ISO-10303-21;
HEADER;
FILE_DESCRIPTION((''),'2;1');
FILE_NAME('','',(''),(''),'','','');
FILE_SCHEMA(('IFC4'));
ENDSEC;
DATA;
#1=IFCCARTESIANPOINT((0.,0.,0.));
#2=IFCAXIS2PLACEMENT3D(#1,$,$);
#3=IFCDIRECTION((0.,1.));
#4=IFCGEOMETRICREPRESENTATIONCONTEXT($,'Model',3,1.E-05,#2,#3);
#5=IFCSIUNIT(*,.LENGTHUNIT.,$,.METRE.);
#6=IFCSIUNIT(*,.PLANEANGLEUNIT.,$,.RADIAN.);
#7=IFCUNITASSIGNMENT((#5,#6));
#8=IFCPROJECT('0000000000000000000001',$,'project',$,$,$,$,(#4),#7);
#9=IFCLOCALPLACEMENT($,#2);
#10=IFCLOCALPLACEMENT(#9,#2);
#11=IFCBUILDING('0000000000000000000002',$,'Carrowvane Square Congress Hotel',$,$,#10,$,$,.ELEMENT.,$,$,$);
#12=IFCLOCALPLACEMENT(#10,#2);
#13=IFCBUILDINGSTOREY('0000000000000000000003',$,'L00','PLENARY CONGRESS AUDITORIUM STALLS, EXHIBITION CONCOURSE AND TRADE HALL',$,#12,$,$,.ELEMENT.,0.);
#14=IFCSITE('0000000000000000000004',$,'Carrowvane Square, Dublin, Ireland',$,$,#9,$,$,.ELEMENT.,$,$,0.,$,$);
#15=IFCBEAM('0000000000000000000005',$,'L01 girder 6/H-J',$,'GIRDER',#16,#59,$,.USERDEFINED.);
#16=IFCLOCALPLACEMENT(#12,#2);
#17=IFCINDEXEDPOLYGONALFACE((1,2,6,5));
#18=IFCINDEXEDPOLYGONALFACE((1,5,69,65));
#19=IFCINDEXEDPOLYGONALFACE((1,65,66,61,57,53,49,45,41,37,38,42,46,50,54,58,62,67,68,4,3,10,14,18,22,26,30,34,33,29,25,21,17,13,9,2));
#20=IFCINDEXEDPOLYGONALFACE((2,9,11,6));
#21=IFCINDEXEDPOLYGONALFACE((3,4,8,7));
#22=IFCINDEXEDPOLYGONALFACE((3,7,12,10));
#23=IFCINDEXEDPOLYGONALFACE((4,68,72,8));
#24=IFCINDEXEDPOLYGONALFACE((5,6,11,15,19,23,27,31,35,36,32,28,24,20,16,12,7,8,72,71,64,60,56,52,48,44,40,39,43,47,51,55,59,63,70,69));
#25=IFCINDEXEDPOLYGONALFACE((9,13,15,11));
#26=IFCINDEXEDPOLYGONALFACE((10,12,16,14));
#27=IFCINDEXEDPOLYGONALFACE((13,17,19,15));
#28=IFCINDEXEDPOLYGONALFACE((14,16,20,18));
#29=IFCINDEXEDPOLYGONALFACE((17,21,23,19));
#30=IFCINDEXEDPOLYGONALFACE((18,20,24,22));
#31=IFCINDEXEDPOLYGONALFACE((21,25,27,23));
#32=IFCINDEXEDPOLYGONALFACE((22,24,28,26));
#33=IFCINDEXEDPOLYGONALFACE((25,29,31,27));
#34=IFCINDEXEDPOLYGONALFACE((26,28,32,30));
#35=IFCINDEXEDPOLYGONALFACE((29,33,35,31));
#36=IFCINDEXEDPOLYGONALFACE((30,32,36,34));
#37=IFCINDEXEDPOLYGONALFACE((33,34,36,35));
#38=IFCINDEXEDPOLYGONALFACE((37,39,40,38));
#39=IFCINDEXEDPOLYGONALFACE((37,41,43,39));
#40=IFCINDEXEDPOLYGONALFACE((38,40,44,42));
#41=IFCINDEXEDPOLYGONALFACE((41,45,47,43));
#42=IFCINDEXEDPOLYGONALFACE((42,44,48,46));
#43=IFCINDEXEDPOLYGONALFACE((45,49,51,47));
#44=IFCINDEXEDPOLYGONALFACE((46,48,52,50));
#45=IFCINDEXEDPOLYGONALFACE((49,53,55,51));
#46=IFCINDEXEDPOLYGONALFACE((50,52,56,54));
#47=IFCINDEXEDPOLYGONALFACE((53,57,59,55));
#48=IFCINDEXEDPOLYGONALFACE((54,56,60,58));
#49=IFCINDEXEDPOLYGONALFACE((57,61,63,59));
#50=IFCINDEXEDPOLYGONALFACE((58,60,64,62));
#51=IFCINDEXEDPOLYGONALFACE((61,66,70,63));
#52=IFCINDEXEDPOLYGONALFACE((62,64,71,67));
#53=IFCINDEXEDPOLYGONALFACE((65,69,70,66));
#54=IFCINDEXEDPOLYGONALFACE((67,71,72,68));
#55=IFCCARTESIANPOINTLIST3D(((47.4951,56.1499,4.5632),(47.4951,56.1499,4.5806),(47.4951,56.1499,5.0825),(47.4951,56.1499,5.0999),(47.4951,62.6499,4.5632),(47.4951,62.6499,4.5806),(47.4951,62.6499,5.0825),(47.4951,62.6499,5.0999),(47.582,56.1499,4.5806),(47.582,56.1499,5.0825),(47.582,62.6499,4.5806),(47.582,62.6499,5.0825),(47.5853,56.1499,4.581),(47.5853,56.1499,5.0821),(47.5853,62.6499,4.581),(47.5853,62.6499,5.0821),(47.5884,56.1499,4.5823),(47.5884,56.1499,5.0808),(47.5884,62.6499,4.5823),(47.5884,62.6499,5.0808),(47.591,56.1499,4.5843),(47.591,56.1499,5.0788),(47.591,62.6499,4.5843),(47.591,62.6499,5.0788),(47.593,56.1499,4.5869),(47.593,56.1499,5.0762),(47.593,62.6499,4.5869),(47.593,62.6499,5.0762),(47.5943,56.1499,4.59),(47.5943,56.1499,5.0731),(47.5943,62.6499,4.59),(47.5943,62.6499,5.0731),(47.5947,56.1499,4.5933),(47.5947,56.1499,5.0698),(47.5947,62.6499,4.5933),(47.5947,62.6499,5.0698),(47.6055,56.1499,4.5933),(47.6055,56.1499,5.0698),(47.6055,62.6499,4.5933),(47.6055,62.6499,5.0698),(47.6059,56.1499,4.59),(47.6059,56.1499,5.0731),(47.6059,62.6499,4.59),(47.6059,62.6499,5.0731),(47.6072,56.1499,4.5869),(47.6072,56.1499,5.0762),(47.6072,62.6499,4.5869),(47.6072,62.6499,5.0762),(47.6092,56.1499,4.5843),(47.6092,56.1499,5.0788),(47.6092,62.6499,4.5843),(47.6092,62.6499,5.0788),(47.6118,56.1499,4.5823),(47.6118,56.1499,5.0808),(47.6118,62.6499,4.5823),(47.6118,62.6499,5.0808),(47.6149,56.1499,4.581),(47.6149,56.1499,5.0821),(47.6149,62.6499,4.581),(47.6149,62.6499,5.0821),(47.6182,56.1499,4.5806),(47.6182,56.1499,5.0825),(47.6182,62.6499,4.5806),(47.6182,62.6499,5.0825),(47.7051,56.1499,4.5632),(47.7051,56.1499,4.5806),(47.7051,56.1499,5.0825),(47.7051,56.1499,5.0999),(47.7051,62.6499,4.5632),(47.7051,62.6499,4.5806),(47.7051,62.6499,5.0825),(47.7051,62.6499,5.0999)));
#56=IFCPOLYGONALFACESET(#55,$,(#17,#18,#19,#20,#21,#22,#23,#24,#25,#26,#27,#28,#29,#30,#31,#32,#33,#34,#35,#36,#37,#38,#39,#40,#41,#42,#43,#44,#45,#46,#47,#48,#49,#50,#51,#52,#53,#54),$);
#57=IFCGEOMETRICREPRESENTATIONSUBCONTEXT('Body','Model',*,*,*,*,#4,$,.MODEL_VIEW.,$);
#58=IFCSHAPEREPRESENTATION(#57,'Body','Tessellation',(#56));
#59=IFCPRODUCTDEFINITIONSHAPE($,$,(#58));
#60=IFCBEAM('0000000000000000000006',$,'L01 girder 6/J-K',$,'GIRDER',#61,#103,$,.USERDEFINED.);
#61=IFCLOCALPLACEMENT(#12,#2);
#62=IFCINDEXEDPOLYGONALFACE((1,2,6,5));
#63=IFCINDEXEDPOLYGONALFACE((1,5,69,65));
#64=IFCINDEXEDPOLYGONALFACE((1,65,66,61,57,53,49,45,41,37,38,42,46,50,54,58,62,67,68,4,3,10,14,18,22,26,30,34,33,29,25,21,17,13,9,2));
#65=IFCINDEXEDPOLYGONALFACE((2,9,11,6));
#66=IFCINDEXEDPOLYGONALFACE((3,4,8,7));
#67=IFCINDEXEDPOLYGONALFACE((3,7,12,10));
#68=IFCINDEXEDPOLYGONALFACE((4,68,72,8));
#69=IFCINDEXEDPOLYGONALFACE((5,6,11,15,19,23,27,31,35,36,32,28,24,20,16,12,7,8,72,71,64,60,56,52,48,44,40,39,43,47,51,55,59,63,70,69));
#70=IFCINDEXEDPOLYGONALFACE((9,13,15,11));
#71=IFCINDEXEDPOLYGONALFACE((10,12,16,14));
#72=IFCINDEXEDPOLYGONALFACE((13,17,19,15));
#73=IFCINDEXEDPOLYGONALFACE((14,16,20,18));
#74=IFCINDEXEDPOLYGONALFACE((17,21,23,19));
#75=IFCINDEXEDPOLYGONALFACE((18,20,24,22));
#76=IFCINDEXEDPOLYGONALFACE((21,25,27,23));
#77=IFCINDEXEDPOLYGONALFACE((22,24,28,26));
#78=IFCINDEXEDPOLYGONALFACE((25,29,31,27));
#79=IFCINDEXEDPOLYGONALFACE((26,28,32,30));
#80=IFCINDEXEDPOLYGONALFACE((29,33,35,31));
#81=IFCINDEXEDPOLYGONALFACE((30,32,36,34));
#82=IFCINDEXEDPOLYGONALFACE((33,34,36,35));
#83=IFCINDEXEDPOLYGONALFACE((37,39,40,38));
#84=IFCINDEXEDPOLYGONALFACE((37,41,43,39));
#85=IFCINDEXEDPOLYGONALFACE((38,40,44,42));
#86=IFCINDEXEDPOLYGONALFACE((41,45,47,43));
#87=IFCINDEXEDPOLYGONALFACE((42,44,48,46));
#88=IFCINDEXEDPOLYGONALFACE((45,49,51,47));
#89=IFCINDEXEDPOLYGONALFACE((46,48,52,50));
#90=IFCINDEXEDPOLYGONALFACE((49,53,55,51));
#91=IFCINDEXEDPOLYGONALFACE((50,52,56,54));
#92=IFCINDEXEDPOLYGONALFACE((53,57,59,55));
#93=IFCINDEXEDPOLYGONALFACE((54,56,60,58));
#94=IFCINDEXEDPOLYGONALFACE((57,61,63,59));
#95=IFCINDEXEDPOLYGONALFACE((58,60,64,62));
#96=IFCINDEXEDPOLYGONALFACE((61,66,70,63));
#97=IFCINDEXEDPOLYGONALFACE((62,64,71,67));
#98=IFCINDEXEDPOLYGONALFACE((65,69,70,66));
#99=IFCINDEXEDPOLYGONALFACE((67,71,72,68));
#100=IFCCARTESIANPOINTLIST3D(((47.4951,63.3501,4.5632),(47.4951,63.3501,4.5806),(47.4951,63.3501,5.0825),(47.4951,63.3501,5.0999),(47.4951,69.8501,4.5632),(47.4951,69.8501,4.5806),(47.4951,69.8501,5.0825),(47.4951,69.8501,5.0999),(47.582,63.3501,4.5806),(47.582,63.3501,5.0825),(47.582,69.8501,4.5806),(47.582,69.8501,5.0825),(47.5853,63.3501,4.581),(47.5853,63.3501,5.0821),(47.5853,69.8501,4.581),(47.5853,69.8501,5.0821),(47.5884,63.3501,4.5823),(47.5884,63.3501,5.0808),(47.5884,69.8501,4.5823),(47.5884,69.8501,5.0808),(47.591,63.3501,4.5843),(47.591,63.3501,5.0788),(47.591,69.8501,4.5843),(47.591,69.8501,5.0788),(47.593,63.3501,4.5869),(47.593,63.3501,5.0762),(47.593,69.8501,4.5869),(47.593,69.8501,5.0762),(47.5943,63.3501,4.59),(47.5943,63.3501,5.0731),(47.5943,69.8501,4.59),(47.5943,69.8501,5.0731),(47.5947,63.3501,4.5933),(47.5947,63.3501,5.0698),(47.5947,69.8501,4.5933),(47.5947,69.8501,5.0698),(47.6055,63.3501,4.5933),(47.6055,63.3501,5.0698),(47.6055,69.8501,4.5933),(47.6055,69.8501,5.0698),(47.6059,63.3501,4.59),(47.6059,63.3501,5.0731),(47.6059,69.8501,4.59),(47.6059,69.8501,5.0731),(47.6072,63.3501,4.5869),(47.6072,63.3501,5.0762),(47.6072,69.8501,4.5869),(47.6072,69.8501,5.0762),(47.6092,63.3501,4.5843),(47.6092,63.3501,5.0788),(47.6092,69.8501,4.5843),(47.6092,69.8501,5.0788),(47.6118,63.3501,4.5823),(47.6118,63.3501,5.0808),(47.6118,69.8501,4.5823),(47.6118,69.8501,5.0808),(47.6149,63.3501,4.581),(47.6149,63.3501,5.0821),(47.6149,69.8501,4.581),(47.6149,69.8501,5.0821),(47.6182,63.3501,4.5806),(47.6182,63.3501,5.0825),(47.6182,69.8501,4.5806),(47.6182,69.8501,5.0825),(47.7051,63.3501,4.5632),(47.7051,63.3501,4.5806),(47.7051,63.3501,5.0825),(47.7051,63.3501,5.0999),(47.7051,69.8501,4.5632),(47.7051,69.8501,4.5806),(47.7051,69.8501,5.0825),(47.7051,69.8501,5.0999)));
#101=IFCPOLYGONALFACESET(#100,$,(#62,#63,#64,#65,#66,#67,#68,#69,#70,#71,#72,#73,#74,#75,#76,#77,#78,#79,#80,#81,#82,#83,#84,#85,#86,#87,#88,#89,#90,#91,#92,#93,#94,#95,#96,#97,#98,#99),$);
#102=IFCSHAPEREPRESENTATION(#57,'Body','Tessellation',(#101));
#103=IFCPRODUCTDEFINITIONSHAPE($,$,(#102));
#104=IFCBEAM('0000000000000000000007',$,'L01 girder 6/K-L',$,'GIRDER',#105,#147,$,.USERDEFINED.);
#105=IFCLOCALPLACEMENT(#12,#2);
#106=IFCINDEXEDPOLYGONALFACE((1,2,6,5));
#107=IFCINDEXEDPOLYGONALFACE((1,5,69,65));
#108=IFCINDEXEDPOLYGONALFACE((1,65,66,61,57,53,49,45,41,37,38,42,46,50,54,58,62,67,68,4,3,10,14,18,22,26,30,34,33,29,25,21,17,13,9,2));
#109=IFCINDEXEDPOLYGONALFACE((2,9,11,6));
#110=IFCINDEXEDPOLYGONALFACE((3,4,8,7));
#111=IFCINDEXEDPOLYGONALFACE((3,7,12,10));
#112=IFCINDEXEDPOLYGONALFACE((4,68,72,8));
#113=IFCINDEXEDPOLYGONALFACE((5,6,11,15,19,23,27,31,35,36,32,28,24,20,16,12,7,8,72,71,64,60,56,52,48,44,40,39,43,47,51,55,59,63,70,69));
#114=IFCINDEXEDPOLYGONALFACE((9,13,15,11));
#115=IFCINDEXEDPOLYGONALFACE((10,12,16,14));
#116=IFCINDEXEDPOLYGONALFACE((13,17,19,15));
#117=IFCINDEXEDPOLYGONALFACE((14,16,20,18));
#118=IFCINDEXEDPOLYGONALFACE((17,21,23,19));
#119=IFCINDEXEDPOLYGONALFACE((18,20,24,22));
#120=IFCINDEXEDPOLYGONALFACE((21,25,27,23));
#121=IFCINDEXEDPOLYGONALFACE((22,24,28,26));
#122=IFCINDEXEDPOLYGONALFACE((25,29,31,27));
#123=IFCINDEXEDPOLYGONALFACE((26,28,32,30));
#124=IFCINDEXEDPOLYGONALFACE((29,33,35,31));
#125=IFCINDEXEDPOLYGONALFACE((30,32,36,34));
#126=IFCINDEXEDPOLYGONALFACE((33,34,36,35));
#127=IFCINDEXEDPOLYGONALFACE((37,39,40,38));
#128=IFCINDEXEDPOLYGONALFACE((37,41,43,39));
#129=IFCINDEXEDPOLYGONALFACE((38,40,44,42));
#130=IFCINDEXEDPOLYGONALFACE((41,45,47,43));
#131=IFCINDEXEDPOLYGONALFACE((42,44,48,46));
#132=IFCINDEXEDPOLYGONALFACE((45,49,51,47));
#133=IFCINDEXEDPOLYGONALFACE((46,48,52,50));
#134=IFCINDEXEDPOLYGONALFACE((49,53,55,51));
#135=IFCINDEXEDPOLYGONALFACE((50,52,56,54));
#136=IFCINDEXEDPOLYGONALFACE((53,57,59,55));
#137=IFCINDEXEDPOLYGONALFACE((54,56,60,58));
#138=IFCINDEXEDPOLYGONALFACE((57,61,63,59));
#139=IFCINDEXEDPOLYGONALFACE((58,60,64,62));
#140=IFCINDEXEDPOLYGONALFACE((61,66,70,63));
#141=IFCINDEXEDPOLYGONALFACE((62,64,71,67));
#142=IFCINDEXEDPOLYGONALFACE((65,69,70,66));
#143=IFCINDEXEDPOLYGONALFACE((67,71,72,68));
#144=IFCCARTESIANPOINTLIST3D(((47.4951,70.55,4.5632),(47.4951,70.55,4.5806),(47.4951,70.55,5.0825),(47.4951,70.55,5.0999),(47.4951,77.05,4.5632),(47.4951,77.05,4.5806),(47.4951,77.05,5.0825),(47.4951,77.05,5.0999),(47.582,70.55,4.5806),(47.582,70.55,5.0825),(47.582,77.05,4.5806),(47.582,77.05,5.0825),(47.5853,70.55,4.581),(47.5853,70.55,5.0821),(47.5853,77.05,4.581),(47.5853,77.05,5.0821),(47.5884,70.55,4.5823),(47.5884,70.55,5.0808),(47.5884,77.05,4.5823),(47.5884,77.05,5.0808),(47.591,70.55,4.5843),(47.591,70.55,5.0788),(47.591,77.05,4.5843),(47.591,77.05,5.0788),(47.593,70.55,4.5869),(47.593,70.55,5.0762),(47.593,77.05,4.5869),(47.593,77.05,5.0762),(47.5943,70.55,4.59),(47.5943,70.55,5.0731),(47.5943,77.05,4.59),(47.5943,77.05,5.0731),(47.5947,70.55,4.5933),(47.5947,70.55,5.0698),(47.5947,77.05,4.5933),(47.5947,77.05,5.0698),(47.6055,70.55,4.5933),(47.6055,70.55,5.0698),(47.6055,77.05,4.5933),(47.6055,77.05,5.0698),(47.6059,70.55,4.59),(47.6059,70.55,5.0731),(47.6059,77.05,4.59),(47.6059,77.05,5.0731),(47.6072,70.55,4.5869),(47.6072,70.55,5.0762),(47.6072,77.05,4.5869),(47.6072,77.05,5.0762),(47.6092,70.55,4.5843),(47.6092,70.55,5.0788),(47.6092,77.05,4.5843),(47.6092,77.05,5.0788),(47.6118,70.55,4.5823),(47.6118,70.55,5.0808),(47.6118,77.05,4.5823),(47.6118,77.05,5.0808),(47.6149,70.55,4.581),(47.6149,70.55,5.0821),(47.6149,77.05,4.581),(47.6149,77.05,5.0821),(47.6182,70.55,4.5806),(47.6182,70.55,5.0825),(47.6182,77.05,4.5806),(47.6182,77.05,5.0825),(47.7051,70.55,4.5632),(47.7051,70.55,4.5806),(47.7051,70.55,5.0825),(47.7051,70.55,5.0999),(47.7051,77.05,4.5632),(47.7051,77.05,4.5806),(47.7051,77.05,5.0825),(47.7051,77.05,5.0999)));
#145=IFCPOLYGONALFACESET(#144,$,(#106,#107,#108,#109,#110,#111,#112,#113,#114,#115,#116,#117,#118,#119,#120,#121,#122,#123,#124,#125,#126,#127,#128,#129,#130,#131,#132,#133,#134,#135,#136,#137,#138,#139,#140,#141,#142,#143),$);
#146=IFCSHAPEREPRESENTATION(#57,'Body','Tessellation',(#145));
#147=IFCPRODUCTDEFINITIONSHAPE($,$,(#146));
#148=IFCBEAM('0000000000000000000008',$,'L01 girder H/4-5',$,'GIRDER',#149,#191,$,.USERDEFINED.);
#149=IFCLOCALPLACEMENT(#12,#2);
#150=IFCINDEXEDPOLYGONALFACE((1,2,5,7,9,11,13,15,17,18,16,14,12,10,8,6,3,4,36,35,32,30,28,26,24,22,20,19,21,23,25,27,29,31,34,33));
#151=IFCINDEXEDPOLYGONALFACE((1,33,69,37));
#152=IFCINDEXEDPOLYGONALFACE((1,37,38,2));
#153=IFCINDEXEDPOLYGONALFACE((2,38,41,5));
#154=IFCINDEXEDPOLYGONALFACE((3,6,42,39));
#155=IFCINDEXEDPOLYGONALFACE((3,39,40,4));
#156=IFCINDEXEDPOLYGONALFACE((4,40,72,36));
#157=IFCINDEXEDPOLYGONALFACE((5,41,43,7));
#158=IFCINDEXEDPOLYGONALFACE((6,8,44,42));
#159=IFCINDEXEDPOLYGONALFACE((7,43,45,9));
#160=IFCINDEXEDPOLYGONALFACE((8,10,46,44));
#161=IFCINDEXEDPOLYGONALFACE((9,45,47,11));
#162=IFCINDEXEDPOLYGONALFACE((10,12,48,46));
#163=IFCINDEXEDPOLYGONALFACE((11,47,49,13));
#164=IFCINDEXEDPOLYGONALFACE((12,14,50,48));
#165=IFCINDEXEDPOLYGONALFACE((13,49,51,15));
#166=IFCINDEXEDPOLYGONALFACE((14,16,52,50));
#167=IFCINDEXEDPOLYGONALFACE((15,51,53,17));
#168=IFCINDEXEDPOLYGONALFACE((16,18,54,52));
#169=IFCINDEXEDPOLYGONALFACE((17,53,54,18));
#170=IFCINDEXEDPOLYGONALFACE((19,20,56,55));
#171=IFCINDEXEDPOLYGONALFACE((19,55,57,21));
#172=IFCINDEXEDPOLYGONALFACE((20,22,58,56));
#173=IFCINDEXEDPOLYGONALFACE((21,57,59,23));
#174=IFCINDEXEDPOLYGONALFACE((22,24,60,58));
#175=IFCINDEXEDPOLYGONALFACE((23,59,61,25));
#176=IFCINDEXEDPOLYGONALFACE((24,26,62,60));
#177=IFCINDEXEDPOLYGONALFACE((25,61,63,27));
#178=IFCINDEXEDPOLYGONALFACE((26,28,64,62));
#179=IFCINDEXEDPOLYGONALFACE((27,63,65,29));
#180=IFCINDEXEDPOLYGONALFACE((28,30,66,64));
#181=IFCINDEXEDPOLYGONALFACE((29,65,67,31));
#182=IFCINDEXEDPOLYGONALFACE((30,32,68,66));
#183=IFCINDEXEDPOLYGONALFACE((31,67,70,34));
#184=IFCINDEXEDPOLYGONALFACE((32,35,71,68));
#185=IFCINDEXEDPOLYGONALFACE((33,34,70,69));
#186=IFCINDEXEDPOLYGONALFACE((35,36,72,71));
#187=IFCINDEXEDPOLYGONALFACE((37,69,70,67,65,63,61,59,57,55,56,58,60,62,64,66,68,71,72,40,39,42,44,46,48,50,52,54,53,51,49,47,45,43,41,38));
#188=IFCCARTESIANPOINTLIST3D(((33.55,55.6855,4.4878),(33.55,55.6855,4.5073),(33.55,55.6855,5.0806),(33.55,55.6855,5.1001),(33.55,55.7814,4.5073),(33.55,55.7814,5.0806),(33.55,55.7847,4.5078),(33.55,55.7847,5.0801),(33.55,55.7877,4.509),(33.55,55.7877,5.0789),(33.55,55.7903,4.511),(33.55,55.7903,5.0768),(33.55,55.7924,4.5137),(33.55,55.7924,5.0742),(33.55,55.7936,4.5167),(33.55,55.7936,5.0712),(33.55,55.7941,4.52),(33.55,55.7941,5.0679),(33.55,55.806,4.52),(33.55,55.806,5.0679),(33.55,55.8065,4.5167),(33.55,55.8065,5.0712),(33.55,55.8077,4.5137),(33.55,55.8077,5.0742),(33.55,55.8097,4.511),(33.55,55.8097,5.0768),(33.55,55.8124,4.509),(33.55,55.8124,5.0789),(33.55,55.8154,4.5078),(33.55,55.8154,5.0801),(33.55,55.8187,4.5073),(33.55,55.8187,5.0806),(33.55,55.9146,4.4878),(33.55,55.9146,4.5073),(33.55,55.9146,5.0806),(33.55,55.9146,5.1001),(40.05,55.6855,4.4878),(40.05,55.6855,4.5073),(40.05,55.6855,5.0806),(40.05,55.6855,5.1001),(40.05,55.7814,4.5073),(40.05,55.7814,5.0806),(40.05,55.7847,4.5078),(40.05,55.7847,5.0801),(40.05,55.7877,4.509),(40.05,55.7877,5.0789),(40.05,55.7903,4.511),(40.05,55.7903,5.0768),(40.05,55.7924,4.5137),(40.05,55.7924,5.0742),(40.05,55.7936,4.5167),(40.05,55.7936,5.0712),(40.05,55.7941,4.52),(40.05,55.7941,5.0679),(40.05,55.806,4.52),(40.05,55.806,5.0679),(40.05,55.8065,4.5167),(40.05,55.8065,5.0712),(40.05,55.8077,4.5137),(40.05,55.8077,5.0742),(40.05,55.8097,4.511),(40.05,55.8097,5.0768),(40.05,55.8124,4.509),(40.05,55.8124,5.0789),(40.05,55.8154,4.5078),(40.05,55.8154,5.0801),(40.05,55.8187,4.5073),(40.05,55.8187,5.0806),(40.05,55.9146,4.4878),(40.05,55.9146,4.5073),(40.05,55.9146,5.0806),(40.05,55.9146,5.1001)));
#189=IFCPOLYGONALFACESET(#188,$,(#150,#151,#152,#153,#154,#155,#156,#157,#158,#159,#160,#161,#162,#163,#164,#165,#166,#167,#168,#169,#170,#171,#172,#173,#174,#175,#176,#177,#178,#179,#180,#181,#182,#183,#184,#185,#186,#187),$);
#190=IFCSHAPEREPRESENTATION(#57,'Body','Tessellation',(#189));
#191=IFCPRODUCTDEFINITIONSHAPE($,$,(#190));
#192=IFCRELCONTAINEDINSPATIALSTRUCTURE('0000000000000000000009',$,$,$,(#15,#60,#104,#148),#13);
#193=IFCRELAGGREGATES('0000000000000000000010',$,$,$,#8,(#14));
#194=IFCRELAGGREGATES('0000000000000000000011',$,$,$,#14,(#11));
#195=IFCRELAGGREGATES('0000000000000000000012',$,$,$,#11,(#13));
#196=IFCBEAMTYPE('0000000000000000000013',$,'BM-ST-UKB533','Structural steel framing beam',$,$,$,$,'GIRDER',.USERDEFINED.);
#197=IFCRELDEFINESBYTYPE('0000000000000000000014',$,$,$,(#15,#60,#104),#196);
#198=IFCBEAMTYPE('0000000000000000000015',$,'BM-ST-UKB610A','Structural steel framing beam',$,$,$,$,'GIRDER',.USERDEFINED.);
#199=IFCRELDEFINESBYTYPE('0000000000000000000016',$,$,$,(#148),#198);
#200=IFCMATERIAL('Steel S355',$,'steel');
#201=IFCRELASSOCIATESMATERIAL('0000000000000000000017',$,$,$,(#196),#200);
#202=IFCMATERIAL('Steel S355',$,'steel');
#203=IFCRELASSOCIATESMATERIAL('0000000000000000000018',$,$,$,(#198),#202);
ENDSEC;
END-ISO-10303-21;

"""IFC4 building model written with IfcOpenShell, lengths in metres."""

from ifc_helpers import new_model, si_unit, direction, frame, origin, origin_2d, place, context, subcontext, project, spatial, i_section, extrude, material, material_profile, profile_set, type_object, element, save


model = new_model("IFC4")

# Units and contexts
model_context = context("Model", 3, precision=1e-05, world=origin(), true_north=direction((0.0, 1.0)))
body_context = subcontext(model_context, "Body", "Model", "MODEL_VIEW")
ifc_project = project(units=[si_unit("LENGTHUNIT", "METRE"), si_unit("PLANEANGLEUNIT", "RADIAN")], contexts=[model_context])

# Site, building, storey
site_placement = place(None, origin())
site = spatial("IfcSite", under=ifc_project, at=site_placement, Name="Carrowvane Square, Dublin, Ireland", CompositionType="ELEMENT", RefElevation=0.0)
building_placement = place(site_placement, origin())
building = spatial("IfcBuilding", under=site, at=building_placement, Name="Carrowvane Square Congress Hotel", CompositionType="ELEMENT")
storey_placement = place(building_placement, origin())
storey = spatial("IfcBuildingStorey", under=building, at=storey_placement, Name="L00", Description="PLENARY CONGRESS AUDITORIUM STALLS, EXHIBITION CONCOURSE AND TRADE HALL", CompositionType="ELEMENT", Elevation=0.0)

# Beams
ifc_material_1 = material(Name="Steel S355", Category="steel")
ifc_material_profile_1 = material_profile(ifc_material_1, i_section(OverallWidth=0.21, OverallDepth=0.5366, WebThickness=0.0107, FlangeThickness=0.0173, FilletRadius=0.0127, at=origin_2d()), Name="UKB 533x210x101")
ifc_profile_set_1 = profile_set([ifc_material_profile_1], Name="Steel S355")
beam_type_1 = type_object("IfcBeamType", Name="BM-ST-UKB533", Description="Structural steel framing beam", ElementType="GIRDER", PredefinedType="USERDEFINED", material=ifc_profile_set_1)
for number, where, z_axis, x_axis, name in (
    (1, (47.6001, 56.1499, 4.8315), (0.0, 1.0, 0.0), (-1.0, 0.0, 0.0), "L01 girder 6/H-J"),
    (2, (47.6001, 63.3501, 4.8315), (0.0, 1.0, 0.0), (-1.0, 0.0, 0.0), "L01 girder 6/J-K"),
    (3, (47.6001, 70.55, 4.8315), (0.0, 1.0, 0.0), (-1.0, 0.0, 0.0), "L01 girder 6/K-L"),
):
    element("IfcBeam", number, at=place(storey_placement, frame(where, z_axis=z_axis, x_axis=x_axis)), inside=storey, type_object=beam_type_1, Name=name, ObjectType="GIRDER", PredefinedType="USERDEFINED", context=body_context, shape_type="SweptSolid", body=[
        extrude(i_section(OverallWidth=0.21, OverallDepth=0.5366, WebThickness=0.0107, FlangeThickness=0.0173, FilletRadius=0.0127, at=origin_2d()), origin(), (0.0, 0.0, 1.0), 6.5),
    ])
ifc_material_2 = material(Name="Steel S355", Category="steel")
ifc_material_profile_2 = material_profile(ifc_material_2, i_section(OverallWidth=0.229, OverallDepth=0.6123, WebThickness=0.012, FlangeThickness=0.0195, FilletRadius=0.0127, at=origin_2d()), Name="UKB 610x229x125")
ifc_profile_set_2 = profile_set([ifc_material_profile_2], Name="Steel S355")
beam_type_2 = type_object("IfcBeamType", Name="BM-ST-UKB610A", Description="Structural steel framing beam", ElementType="GIRDER", PredefinedType="USERDEFINED", material=ifc_profile_set_2)
for number, where, z_axis, x_axis, name in (
    (4, (33.55, 55.8, 4.7939), (1.0, 0.0, 0.0), (0.0, 1.0, 0.0), "L01 girder H/4-5"),
):
    element("IfcBeam", number, at=place(storey_placement, frame(where, z_axis=z_axis, x_axis=x_axis)), inside=storey, type_object=beam_type_2, Name=name, ObjectType="GIRDER", PredefinedType="USERDEFINED", context=body_context, shape_type="SweptSolid", body=[
        extrude(i_section(OverallWidth=0.229, OverallDepth=0.6123, WebThickness=0.012, FlangeThickness=0.0195, FilletRadius=0.0127, at=origin_2d()), origin(), (0.0, 0.0, 1.0), 6.5),
    ])

save(model, "model.ifc")
